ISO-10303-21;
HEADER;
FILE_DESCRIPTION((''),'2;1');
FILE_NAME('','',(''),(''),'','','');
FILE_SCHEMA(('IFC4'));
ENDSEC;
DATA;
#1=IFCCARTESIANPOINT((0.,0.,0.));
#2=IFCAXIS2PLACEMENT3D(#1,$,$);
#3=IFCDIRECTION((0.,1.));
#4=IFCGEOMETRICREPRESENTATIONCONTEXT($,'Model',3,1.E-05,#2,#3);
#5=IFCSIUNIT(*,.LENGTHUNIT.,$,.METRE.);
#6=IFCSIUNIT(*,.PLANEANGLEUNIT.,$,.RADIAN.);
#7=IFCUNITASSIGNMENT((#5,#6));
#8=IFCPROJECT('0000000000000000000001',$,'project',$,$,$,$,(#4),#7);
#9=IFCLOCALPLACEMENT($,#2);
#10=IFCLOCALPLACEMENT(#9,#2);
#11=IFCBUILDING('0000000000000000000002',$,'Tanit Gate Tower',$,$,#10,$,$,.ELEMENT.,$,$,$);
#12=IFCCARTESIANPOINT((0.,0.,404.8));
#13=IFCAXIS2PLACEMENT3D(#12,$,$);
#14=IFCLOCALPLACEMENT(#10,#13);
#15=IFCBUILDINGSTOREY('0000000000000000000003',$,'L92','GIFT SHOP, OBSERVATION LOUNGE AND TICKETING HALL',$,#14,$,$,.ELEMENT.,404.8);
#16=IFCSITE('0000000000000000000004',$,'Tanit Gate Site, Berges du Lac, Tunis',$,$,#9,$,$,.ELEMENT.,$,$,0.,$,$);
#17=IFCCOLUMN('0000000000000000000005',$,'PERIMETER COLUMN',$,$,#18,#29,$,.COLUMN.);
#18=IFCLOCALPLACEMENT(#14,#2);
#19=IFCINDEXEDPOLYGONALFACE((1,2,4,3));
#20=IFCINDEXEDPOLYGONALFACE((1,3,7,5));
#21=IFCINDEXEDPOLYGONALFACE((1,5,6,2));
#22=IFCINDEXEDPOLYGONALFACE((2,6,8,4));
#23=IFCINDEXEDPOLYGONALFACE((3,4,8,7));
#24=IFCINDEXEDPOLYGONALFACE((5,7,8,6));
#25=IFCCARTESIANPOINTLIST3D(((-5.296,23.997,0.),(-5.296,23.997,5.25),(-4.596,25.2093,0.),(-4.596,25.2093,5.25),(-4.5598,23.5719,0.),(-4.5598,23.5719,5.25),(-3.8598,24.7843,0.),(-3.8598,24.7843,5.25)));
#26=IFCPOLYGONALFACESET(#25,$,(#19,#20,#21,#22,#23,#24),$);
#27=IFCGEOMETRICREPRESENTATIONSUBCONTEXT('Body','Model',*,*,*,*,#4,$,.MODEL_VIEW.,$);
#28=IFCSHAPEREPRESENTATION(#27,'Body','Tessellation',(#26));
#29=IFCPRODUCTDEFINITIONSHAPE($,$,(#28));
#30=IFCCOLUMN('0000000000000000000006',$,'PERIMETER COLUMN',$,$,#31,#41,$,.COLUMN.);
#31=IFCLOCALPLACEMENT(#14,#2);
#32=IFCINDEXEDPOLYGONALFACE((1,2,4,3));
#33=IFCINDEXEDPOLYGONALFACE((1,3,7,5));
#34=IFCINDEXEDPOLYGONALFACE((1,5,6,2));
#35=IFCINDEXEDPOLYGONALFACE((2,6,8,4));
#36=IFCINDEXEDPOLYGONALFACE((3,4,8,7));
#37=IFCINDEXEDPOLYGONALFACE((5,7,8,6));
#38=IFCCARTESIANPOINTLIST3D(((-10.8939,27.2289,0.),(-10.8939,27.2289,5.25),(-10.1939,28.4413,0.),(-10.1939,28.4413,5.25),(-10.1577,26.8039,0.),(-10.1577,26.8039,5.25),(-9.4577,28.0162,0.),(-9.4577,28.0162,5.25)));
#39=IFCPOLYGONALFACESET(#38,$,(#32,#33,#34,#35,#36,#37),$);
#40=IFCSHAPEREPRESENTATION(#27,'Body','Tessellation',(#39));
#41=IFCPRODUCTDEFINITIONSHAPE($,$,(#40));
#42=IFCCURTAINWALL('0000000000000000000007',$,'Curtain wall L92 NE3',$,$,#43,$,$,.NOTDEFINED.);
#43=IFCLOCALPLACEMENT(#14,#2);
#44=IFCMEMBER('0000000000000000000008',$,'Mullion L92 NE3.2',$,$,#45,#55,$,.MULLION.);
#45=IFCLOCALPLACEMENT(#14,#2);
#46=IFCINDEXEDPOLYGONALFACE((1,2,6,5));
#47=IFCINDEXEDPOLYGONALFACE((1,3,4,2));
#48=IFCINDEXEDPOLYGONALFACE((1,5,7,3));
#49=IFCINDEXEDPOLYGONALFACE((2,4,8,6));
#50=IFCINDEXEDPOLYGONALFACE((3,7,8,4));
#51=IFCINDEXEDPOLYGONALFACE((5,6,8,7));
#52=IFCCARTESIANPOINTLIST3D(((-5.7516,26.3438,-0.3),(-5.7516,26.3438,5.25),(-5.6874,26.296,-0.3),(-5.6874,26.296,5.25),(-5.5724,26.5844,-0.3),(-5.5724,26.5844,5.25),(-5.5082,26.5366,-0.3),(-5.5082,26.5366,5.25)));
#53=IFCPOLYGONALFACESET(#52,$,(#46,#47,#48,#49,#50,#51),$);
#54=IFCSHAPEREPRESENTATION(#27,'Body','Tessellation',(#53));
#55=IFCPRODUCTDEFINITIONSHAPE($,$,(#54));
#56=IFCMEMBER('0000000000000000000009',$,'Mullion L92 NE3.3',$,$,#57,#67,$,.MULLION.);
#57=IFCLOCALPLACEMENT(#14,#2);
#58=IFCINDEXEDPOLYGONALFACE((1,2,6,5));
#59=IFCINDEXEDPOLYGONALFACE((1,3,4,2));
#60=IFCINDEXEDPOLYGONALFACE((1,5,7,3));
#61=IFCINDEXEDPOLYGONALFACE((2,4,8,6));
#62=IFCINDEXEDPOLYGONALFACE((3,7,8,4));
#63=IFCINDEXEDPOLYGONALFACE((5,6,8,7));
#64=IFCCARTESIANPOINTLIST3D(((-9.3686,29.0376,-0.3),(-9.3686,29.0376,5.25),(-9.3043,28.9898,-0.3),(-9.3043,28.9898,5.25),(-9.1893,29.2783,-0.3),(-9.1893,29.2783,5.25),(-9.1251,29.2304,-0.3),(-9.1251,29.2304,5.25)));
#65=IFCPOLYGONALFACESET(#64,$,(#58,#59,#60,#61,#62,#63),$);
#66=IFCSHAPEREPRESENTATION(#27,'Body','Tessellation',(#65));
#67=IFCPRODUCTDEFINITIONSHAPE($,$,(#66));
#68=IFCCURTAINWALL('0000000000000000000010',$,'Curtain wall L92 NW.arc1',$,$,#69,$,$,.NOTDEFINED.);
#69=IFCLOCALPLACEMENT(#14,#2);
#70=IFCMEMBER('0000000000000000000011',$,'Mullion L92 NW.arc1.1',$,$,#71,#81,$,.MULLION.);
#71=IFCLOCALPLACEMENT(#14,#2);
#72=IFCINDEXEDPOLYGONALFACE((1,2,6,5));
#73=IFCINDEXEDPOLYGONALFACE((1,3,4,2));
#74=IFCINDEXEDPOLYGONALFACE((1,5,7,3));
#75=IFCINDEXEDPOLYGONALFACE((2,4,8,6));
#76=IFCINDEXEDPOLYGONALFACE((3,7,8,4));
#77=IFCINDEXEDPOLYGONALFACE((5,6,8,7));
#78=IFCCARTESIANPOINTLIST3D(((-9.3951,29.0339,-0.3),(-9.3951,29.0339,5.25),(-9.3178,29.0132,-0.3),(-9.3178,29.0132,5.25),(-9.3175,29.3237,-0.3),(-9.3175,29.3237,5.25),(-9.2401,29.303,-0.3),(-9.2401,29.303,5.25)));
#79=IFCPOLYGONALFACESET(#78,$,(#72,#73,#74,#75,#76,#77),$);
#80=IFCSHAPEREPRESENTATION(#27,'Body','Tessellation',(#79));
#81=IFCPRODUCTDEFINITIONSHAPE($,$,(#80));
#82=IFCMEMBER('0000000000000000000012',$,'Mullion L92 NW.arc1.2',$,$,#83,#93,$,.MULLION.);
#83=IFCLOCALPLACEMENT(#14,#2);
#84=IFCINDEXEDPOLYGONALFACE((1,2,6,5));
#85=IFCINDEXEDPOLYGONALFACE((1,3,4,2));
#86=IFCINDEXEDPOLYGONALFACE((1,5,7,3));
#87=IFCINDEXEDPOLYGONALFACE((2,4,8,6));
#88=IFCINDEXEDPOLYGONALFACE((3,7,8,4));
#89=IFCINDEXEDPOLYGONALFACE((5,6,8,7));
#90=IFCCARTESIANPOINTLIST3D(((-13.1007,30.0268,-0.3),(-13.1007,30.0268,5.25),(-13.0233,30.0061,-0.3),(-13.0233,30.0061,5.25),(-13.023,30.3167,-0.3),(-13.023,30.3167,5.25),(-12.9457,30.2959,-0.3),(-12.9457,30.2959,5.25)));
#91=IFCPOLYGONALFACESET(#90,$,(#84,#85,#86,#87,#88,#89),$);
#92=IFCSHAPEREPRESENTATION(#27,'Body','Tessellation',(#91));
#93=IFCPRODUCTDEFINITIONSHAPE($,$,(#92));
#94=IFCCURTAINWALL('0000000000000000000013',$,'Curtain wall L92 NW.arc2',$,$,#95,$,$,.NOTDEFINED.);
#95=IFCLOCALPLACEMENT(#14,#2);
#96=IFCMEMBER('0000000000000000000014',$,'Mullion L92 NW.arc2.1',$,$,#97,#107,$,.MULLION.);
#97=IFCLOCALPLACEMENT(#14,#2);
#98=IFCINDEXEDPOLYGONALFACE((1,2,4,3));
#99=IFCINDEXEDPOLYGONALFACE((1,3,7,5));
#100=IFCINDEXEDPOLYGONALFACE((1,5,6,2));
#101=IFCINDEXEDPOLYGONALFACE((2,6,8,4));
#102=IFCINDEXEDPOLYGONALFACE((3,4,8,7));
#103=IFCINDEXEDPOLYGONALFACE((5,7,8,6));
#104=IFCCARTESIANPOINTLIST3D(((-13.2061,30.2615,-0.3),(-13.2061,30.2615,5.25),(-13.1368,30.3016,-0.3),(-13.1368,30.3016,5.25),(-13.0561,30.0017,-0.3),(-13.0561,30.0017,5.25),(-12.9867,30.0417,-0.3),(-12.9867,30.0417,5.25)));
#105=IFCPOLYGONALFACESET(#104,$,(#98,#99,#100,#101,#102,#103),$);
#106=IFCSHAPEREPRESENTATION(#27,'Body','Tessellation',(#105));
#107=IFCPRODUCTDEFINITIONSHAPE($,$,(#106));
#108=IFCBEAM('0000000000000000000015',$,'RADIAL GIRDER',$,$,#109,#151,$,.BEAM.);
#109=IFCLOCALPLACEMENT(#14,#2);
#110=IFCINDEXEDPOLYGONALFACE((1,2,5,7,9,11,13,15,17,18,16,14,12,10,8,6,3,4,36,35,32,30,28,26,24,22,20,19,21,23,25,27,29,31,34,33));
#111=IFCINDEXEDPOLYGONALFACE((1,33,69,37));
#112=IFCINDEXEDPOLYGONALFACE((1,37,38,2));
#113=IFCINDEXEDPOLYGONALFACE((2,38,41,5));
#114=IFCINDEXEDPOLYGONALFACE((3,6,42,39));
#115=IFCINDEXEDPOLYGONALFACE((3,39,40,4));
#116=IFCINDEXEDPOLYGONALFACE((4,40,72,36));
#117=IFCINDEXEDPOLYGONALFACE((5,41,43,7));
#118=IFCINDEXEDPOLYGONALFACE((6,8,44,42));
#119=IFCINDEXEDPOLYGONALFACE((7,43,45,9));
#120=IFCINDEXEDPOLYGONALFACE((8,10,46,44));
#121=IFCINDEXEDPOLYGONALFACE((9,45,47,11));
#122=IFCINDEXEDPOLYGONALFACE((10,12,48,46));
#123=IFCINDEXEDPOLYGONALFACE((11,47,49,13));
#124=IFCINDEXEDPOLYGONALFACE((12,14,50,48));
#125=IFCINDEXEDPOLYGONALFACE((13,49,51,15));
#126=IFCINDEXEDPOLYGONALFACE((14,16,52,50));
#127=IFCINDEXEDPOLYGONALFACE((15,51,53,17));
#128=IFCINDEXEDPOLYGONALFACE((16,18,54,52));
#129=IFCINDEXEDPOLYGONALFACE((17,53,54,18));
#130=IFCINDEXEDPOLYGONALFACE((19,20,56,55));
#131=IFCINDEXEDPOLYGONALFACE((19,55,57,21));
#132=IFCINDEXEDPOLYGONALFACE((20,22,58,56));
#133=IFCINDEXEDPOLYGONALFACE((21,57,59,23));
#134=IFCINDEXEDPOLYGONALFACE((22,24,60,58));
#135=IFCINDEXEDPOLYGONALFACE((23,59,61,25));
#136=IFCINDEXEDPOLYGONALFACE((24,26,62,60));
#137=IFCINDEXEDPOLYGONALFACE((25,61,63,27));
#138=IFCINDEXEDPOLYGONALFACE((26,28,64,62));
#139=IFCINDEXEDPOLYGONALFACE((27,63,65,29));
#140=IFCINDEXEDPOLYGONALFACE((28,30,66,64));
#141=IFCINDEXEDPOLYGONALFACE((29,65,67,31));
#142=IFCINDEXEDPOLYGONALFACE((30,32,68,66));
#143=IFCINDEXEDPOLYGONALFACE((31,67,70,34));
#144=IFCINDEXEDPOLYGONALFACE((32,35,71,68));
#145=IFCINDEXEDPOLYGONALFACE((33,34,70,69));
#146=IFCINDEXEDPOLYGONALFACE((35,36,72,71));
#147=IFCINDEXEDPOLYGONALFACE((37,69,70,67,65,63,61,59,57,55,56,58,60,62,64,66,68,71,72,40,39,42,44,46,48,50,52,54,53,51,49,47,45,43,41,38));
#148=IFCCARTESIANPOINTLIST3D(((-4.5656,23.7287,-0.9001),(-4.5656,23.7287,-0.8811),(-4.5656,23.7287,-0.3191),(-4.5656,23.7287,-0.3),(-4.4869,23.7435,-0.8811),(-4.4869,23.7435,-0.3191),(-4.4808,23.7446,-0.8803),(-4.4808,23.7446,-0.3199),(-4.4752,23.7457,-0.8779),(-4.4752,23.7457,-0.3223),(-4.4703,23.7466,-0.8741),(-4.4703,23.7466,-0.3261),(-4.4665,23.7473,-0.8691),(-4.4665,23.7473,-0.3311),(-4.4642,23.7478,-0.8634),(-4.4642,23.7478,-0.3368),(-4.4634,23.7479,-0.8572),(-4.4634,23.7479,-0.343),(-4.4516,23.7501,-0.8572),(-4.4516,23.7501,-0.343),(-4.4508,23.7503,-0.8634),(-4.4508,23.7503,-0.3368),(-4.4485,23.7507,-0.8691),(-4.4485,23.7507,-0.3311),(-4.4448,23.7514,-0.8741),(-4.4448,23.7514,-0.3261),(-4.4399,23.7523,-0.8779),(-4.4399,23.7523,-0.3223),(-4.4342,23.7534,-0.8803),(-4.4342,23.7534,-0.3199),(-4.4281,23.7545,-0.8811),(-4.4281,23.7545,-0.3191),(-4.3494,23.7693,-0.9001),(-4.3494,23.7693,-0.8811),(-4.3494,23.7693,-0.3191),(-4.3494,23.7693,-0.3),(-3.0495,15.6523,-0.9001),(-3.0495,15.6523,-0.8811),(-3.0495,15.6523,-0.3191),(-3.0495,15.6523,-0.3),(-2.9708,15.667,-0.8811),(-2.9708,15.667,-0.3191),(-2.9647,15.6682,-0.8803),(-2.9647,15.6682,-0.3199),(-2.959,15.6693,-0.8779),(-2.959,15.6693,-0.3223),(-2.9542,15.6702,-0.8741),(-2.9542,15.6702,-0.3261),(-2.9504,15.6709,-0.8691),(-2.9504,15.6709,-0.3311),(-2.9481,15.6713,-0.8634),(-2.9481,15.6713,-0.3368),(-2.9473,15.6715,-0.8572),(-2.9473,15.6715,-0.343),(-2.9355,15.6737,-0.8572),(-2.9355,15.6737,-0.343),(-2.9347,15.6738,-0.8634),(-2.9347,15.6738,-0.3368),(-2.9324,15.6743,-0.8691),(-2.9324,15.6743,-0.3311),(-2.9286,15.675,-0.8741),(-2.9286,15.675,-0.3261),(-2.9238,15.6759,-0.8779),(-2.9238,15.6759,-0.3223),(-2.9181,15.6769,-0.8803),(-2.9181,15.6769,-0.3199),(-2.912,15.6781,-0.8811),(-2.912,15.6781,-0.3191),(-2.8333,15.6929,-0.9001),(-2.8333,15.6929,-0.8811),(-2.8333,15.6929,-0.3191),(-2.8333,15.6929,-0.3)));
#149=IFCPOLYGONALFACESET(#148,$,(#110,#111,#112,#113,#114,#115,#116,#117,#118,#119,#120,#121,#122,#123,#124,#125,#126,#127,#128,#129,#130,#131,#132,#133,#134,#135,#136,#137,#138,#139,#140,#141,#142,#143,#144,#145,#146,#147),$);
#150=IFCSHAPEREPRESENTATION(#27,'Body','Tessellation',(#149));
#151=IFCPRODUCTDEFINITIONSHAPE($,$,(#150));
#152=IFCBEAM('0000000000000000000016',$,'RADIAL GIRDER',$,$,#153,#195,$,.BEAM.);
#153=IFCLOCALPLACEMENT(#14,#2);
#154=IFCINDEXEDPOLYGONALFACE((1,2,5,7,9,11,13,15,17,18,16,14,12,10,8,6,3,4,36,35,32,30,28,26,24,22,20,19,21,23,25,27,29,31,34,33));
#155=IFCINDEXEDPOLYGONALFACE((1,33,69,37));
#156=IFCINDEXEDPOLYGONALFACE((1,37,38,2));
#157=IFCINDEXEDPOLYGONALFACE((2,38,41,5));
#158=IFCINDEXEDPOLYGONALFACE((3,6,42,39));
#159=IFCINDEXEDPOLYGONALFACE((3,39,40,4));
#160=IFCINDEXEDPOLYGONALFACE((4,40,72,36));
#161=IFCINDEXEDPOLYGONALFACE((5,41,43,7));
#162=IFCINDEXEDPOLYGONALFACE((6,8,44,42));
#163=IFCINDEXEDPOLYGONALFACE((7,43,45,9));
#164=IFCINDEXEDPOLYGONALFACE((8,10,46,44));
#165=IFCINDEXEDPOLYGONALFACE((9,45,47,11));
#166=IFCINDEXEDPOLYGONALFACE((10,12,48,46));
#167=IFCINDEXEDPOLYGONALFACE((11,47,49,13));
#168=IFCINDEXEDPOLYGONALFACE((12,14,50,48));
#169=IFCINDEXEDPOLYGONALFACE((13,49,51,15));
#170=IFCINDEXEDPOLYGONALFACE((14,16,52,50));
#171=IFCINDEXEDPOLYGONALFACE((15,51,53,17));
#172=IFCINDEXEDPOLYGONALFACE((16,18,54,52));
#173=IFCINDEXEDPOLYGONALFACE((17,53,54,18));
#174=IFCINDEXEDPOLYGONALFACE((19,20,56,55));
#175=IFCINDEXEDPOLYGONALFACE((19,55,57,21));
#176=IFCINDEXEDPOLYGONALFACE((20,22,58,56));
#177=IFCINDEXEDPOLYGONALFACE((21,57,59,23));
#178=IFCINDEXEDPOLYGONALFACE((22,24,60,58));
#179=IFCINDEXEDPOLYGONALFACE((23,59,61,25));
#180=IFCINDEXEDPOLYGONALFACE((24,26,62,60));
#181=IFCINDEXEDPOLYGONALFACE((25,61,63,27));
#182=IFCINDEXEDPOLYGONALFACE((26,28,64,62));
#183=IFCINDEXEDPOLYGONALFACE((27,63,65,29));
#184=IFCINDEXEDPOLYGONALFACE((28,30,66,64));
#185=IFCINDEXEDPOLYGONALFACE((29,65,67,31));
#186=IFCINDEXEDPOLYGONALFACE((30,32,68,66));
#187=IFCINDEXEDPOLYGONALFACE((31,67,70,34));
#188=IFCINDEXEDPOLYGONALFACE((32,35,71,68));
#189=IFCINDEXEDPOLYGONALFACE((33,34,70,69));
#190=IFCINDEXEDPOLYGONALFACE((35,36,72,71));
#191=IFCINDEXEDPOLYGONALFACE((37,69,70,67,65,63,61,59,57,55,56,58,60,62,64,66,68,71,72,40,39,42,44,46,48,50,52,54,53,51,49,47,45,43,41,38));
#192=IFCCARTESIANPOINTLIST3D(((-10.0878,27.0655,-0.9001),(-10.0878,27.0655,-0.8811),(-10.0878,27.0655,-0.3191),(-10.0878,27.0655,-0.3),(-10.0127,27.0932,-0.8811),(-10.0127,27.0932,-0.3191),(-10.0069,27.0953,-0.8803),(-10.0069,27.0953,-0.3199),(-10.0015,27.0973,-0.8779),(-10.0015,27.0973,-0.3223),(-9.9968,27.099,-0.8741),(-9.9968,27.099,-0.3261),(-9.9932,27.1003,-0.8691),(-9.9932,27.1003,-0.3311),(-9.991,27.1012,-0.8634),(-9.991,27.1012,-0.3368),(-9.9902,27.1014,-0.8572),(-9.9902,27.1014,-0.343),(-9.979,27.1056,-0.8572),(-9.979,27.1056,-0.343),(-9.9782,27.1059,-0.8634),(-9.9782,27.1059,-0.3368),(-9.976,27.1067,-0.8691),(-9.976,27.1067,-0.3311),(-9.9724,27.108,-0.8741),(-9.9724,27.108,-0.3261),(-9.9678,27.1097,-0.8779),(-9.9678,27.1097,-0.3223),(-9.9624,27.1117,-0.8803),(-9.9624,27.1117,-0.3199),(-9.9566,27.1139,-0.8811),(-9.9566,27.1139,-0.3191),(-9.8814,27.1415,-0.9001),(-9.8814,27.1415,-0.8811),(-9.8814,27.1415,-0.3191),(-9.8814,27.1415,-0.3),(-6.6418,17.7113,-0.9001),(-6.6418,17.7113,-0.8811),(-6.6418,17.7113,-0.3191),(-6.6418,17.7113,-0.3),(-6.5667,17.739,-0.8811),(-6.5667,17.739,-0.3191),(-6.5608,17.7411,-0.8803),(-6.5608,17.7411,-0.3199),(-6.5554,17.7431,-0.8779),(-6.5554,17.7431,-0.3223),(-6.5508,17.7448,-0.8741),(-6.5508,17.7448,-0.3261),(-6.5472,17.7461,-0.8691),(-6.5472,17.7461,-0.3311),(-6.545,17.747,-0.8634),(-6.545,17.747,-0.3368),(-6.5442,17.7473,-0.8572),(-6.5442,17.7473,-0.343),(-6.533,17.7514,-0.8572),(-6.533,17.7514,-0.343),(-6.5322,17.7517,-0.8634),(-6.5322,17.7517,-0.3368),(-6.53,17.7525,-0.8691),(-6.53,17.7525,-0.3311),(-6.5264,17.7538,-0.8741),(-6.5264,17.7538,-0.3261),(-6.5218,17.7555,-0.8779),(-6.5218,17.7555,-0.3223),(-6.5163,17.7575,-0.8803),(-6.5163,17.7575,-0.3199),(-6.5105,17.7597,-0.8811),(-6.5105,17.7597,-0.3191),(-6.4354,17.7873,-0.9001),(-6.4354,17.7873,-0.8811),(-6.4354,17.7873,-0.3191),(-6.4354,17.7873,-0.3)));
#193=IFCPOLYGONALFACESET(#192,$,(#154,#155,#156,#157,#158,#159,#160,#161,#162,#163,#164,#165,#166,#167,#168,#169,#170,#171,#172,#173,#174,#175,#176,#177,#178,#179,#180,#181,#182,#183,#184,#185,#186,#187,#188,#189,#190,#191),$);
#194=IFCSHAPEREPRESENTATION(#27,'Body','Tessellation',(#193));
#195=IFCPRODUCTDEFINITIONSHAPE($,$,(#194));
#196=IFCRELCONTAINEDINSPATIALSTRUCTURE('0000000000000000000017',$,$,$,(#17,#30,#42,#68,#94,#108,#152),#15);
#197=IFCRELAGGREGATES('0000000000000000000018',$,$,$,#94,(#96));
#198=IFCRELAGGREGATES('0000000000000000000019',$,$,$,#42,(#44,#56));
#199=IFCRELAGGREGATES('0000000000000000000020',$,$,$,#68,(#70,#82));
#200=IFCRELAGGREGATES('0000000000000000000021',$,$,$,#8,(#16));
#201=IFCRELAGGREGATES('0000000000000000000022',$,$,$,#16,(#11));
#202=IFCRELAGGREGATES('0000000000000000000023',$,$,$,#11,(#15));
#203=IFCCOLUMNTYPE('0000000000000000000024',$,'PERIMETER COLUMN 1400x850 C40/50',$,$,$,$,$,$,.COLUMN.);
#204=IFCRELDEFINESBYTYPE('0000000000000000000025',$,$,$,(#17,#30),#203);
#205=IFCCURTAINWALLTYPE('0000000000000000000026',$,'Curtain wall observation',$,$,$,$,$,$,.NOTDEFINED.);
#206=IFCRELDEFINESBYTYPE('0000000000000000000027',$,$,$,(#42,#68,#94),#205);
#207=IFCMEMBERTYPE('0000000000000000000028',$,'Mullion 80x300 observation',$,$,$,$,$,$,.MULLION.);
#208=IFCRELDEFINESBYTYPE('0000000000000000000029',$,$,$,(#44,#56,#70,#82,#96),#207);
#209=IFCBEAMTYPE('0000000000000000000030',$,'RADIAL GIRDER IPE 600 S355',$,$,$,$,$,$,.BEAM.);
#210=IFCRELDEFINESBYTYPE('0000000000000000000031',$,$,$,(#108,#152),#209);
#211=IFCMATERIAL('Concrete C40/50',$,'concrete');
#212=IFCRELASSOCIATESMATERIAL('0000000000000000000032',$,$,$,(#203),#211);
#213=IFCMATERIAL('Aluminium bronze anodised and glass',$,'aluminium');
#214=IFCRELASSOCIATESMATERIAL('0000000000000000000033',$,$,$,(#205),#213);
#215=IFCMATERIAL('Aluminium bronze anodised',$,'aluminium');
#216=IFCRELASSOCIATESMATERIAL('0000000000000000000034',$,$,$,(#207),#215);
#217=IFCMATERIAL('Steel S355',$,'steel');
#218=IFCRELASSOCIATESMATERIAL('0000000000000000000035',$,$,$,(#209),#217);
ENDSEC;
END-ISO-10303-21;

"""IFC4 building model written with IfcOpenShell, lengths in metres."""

from ifc_helpers import new_model, si_unit, direction, frame, origin, origin_2d, place, context, subcontext, project, spatial, rectangle, i_section, extrude, material, material_profile, profile_set, type_object, element, aggregate, save


model = new_model("IFC4")

# Units and contexts
model_context = context("Model", 3, precision=1e-05, world=origin(), true_north=direction((0.0, 1.0)))
body_context = subcontext(model_context, "Body", "Model", "MODEL_VIEW")
ifc_project = project(units=[si_unit("LENGTHUNIT", "METRE"), si_unit("PLANEANGLEUNIT", "RADIAN")], contexts=[model_context])

# Site, building, storey
site_placement = place(None, origin())
site = spatial("IfcSite", under=ifc_project, at=site_placement, Name="Tanit Gate Site, Berges du Lac, Tunis", CompositionType="ELEMENT", RefElevation=0.0)
building_placement = place(site_placement, origin())
building = spatial("IfcBuilding", under=site, at=building_placement, Name="Tanit Gate Tower", CompositionType="ELEMENT")
storey_placement = place(building_placement, frame((0.0, 0.0, 404.8)))
storey = spatial("IfcBuildingStorey", under=building, at=storey_placement, Name="L92", Description="GIFT SHOP, OBSERVATION LOUNGE AND TICKETING HALL", CompositionType="ELEMENT", Elevation=404.8)

# Columns
ifc_material_1 = material(Name="Concrete C40/50", Category="concrete")
ifc_material_profile_1 = material_profile(ifc_material_1, rectangle(XDim=1.3999, YDim=0.8501, at=origin_2d()), Name="RC 1400x850")
ifc_profile_set_1 = profile_set([ifc_material_profile_1], Name="Concrete C40/50")
column_type = type_object("IfcColumnType", Name="PERIMETER COLUMN 1400x850 C40/50", PredefinedType="COLUMN", material=ifc_profile_set_1)
for number, where, z_axis, x_axis, name in (
    (1, (-4.5779, 24.3906, 0.0), (0.0, 0.0, 1.0), (0.5, 0.866025, 0.0), "PERIMETER COLUMN"),
    (2, (-10.1758, 27.6226, 0.0), (0.0, 0.0, 1.0), (0.5, 0.866025, 0.0), "PERIMETER COLUMN"),
):
    element("IfcColumn", number, at=place(storey_placement, frame(where, z_axis=z_axis, x_axis=x_axis)), inside=storey, type_object=column_type, Name=name, PredefinedType="COLUMN", context=body_context, shape_type="SweptSolid", body=[
        extrude(rectangle(XDim=1.3999, YDim=0.8501, at=origin_2d()), origin(), (0.0, 0.0, 1.0), 5.25),
    ])

# Curtain walls, members
ifc_material_2 = material(Name="Aluminium bronze anodised and glass", Category="aluminium")
curtain_wall_type = type_object("IfcCurtainWallType", Name="Curtain wall observation", PredefinedType="NOTDEFINED", material=ifc_material_2)
curtain_wall_1_placement = place(storey_placement, origin())
curtain_wall_1 = element("IfcCurtainWall", 3, at=curtain_wall_1_placement, inside=storey, type_object=curtain_wall_type, Name="Curtain wall L92 NE3", PredefinedType="NOTDEFINED")
ifc_material_3 = material(Name="Aluminium bronze anodised", Category="aluminium")
ifc_material_profile_2 = material_profile(ifc_material_3, rectangle(XDim=0.3, YDim=0.0801, at=origin_2d()), Name="80x300 bronze mullion")
ifc_profile_set_2 = profile_set([ifc_material_profile_2], Name="Aluminium bronze anodised")
member_type_1 = type_object("IfcMemberType", Name="Mullion 80x300 observation", PredefinedType="MULLION", material=ifc_profile_set_2)
member_1_placement = place(storey_placement, frame((-5.6299, 26.4402, -0.3), z_axis=(0.0, 0.0, 1.0), x_axis=(-0.597341, -0.801988, 0.0)))
member_1 = element("IfcMember", 4, at=member_1_placement, type_object=member_type_1, Name="Mullion L92 NE3.2", PredefinedType="MULLION", context=body_context, shape_type="SweptSolid", body=[
    extrude(rectangle(XDim=0.3, YDim=0.0801, at=origin_2d()), origin(), (0.0, 0.0, 1.0), 5.55),
])
member_2_placement = place(storey_placement, frame((-9.2468, 29.134, -0.3), z_axis=(0.0, 0.0, 1.0), x_axis=(-0.597341, -0.801988, 0.0)))
member_2 = element("IfcMember", 5, at=member_2_placement, type_object=member_type_1, Name="Mullion L92 NE3.3", PredefinedType="MULLION", context=body_context, shape_type="SweptSolid", body=[
    extrude(rectangle(XDim=0.3, YDim=0.0801, at=origin_2d()), origin(), (0.0, 0.0, 1.0), 5.55),
])
curtain_wall_2_placement = place(storey_placement, origin())
curtain_wall_2 = element("IfcCurtainWall", 6, at=curtain_wall_2_placement, inside=storey, type_object=curtain_wall_type, Name="Curtain wall L92 NW.arc1", PredefinedType="NOTDEFINED")
member_3_placement = place(storey_placement, frame((-9.3176, 29.1685, -0.3), z_axis=(0.0, 0.0, 1.0), x_axis=(-0.258819, -0.965926, 0.0)))
member_3 = element("IfcMember", 7, at=member_3_placement, type_object=member_type_1, Name="Mullion L92 NW.arc1.1", PredefinedType="MULLION", context=body_context, shape_type="SweptSolid", body=[
    extrude(rectangle(XDim=0.3, YDim=0.0801, at=origin_2d()), origin(), (0.0, 0.0, 1.0), 5.55),
])
member_4_placement = place(storey_placement, frame((-13.0232, 30.1614, -0.3), z_axis=(0.0, 0.0, 1.0), x_axis=(-0.258819, -0.965926, 0.0)))
member_4 = element("IfcMember", 8, at=member_4_placement, type_object=member_type_1, Name="Mullion L92 NW.arc1.2", PredefinedType="MULLION", context=body_context, shape_type="SweptSolid", body=[
    extrude(rectangle(XDim=0.3, YDim=0.0801, at=origin_2d()), origin(), (0.0, 0.0, 1.0), 5.55),
])

# Curtain wall, member
curtain_wall_3_placement = place(storey_placement, origin())
curtain_wall_3 = element("IfcCurtainWall", 9, at=curtain_wall_3_placement, inside=storey, type_object=curtain_wall_type, Name="Curtain wall L92 NW.arc2", PredefinedType="NOTDEFINED")
member_5_placement = place(storey_placement, frame((-13.0964, 30.1516, -0.3), z_axis=(0.0, 0.0, 1.0), x_axis=(0.5, -0.866025, 0.0)))
member_5 = element("IfcMember", 10, at=member_5_placement, type_object=member_type_1, Name="Mullion L92 NW.arc2.1", PredefinedType="MULLION", context=body_context, shape_type="SweptSolid", body=[
    extrude(rectangle(XDim=0.3, YDim=0.0801, at=origin_2d()), origin(), (0.0, 0.0, 1.0), 5.55),
])
aggregate(curtain_wall_3, [member_5])

# Beams
ifc_material_4 = material(Name="Steel S355", Category="steel")
ifc_material_profile_3 = material_profile(ifc_material_4, i_section(OverallWidth=0.22, OverallDepth=0.6001, WebThickness=0.012, FlangeThickness=0.019, FilletRadius=0.0239, at=origin_2d()), Name="IPE 600")
ifc_profile_set_3 = profile_set([ifc_material_profile_3], Name="Steel S355")
beam_type = type_object("IfcBeamType", Name="RADIAL GIRDER IPE 600 S355", PredefinedType="BEAM", material=ifc_profile_set_3)
beam_1_placement = place(storey_placement, frame((-4.4575, 23.749, -0.6001), z_axis=(0.184498, -0.982833, 0.0), x_axis=(0.982833, 0.184498, 0.0)))
element("IfcBeam", 11, at=beam_1_placement, inside=storey, type_object=beam_type, Name="RADIAL GIRDER", PredefinedType="BEAM", context=body_context, shape_type="SweptSolid", body=[
    extrude(i_section(OverallWidth=0.22, OverallDepth=0.6001, WebThickness=0.012, FlangeThickness=0.019, FilletRadius=0.0239, at=origin_2d()), origin(), (0.0, 0.0, 1.0), 8.2175),
])
beam_2_placement = place(storey_placement, frame((-9.9846, 27.1035, -0.6001), z_axis=(0.345683, -0.938351, 0.0), x_axis=(0.938351, 0.345683, 0.0)))
element("IfcBeam", 12, at=beam_2_placement, inside=storey, type_object=beam_type, Name="RADIAL GIRDER", PredefinedType="BEAM", context=body_context, shape_type="SweptSolid", body=[
    extrude(i_section(OverallWidth=0.22, OverallDepth=0.6001, WebThickness=0.012, FlangeThickness=0.019, FilletRadius=0.0239, at=origin_2d()), origin(), (0.0, 0.0, 1.0), 9.9688),
])

aggregate(curtain_wall_1, [member_1, member_2])
aggregate(curtain_wall_2, [member_3, member_4])

save(model, "model.ifc")
